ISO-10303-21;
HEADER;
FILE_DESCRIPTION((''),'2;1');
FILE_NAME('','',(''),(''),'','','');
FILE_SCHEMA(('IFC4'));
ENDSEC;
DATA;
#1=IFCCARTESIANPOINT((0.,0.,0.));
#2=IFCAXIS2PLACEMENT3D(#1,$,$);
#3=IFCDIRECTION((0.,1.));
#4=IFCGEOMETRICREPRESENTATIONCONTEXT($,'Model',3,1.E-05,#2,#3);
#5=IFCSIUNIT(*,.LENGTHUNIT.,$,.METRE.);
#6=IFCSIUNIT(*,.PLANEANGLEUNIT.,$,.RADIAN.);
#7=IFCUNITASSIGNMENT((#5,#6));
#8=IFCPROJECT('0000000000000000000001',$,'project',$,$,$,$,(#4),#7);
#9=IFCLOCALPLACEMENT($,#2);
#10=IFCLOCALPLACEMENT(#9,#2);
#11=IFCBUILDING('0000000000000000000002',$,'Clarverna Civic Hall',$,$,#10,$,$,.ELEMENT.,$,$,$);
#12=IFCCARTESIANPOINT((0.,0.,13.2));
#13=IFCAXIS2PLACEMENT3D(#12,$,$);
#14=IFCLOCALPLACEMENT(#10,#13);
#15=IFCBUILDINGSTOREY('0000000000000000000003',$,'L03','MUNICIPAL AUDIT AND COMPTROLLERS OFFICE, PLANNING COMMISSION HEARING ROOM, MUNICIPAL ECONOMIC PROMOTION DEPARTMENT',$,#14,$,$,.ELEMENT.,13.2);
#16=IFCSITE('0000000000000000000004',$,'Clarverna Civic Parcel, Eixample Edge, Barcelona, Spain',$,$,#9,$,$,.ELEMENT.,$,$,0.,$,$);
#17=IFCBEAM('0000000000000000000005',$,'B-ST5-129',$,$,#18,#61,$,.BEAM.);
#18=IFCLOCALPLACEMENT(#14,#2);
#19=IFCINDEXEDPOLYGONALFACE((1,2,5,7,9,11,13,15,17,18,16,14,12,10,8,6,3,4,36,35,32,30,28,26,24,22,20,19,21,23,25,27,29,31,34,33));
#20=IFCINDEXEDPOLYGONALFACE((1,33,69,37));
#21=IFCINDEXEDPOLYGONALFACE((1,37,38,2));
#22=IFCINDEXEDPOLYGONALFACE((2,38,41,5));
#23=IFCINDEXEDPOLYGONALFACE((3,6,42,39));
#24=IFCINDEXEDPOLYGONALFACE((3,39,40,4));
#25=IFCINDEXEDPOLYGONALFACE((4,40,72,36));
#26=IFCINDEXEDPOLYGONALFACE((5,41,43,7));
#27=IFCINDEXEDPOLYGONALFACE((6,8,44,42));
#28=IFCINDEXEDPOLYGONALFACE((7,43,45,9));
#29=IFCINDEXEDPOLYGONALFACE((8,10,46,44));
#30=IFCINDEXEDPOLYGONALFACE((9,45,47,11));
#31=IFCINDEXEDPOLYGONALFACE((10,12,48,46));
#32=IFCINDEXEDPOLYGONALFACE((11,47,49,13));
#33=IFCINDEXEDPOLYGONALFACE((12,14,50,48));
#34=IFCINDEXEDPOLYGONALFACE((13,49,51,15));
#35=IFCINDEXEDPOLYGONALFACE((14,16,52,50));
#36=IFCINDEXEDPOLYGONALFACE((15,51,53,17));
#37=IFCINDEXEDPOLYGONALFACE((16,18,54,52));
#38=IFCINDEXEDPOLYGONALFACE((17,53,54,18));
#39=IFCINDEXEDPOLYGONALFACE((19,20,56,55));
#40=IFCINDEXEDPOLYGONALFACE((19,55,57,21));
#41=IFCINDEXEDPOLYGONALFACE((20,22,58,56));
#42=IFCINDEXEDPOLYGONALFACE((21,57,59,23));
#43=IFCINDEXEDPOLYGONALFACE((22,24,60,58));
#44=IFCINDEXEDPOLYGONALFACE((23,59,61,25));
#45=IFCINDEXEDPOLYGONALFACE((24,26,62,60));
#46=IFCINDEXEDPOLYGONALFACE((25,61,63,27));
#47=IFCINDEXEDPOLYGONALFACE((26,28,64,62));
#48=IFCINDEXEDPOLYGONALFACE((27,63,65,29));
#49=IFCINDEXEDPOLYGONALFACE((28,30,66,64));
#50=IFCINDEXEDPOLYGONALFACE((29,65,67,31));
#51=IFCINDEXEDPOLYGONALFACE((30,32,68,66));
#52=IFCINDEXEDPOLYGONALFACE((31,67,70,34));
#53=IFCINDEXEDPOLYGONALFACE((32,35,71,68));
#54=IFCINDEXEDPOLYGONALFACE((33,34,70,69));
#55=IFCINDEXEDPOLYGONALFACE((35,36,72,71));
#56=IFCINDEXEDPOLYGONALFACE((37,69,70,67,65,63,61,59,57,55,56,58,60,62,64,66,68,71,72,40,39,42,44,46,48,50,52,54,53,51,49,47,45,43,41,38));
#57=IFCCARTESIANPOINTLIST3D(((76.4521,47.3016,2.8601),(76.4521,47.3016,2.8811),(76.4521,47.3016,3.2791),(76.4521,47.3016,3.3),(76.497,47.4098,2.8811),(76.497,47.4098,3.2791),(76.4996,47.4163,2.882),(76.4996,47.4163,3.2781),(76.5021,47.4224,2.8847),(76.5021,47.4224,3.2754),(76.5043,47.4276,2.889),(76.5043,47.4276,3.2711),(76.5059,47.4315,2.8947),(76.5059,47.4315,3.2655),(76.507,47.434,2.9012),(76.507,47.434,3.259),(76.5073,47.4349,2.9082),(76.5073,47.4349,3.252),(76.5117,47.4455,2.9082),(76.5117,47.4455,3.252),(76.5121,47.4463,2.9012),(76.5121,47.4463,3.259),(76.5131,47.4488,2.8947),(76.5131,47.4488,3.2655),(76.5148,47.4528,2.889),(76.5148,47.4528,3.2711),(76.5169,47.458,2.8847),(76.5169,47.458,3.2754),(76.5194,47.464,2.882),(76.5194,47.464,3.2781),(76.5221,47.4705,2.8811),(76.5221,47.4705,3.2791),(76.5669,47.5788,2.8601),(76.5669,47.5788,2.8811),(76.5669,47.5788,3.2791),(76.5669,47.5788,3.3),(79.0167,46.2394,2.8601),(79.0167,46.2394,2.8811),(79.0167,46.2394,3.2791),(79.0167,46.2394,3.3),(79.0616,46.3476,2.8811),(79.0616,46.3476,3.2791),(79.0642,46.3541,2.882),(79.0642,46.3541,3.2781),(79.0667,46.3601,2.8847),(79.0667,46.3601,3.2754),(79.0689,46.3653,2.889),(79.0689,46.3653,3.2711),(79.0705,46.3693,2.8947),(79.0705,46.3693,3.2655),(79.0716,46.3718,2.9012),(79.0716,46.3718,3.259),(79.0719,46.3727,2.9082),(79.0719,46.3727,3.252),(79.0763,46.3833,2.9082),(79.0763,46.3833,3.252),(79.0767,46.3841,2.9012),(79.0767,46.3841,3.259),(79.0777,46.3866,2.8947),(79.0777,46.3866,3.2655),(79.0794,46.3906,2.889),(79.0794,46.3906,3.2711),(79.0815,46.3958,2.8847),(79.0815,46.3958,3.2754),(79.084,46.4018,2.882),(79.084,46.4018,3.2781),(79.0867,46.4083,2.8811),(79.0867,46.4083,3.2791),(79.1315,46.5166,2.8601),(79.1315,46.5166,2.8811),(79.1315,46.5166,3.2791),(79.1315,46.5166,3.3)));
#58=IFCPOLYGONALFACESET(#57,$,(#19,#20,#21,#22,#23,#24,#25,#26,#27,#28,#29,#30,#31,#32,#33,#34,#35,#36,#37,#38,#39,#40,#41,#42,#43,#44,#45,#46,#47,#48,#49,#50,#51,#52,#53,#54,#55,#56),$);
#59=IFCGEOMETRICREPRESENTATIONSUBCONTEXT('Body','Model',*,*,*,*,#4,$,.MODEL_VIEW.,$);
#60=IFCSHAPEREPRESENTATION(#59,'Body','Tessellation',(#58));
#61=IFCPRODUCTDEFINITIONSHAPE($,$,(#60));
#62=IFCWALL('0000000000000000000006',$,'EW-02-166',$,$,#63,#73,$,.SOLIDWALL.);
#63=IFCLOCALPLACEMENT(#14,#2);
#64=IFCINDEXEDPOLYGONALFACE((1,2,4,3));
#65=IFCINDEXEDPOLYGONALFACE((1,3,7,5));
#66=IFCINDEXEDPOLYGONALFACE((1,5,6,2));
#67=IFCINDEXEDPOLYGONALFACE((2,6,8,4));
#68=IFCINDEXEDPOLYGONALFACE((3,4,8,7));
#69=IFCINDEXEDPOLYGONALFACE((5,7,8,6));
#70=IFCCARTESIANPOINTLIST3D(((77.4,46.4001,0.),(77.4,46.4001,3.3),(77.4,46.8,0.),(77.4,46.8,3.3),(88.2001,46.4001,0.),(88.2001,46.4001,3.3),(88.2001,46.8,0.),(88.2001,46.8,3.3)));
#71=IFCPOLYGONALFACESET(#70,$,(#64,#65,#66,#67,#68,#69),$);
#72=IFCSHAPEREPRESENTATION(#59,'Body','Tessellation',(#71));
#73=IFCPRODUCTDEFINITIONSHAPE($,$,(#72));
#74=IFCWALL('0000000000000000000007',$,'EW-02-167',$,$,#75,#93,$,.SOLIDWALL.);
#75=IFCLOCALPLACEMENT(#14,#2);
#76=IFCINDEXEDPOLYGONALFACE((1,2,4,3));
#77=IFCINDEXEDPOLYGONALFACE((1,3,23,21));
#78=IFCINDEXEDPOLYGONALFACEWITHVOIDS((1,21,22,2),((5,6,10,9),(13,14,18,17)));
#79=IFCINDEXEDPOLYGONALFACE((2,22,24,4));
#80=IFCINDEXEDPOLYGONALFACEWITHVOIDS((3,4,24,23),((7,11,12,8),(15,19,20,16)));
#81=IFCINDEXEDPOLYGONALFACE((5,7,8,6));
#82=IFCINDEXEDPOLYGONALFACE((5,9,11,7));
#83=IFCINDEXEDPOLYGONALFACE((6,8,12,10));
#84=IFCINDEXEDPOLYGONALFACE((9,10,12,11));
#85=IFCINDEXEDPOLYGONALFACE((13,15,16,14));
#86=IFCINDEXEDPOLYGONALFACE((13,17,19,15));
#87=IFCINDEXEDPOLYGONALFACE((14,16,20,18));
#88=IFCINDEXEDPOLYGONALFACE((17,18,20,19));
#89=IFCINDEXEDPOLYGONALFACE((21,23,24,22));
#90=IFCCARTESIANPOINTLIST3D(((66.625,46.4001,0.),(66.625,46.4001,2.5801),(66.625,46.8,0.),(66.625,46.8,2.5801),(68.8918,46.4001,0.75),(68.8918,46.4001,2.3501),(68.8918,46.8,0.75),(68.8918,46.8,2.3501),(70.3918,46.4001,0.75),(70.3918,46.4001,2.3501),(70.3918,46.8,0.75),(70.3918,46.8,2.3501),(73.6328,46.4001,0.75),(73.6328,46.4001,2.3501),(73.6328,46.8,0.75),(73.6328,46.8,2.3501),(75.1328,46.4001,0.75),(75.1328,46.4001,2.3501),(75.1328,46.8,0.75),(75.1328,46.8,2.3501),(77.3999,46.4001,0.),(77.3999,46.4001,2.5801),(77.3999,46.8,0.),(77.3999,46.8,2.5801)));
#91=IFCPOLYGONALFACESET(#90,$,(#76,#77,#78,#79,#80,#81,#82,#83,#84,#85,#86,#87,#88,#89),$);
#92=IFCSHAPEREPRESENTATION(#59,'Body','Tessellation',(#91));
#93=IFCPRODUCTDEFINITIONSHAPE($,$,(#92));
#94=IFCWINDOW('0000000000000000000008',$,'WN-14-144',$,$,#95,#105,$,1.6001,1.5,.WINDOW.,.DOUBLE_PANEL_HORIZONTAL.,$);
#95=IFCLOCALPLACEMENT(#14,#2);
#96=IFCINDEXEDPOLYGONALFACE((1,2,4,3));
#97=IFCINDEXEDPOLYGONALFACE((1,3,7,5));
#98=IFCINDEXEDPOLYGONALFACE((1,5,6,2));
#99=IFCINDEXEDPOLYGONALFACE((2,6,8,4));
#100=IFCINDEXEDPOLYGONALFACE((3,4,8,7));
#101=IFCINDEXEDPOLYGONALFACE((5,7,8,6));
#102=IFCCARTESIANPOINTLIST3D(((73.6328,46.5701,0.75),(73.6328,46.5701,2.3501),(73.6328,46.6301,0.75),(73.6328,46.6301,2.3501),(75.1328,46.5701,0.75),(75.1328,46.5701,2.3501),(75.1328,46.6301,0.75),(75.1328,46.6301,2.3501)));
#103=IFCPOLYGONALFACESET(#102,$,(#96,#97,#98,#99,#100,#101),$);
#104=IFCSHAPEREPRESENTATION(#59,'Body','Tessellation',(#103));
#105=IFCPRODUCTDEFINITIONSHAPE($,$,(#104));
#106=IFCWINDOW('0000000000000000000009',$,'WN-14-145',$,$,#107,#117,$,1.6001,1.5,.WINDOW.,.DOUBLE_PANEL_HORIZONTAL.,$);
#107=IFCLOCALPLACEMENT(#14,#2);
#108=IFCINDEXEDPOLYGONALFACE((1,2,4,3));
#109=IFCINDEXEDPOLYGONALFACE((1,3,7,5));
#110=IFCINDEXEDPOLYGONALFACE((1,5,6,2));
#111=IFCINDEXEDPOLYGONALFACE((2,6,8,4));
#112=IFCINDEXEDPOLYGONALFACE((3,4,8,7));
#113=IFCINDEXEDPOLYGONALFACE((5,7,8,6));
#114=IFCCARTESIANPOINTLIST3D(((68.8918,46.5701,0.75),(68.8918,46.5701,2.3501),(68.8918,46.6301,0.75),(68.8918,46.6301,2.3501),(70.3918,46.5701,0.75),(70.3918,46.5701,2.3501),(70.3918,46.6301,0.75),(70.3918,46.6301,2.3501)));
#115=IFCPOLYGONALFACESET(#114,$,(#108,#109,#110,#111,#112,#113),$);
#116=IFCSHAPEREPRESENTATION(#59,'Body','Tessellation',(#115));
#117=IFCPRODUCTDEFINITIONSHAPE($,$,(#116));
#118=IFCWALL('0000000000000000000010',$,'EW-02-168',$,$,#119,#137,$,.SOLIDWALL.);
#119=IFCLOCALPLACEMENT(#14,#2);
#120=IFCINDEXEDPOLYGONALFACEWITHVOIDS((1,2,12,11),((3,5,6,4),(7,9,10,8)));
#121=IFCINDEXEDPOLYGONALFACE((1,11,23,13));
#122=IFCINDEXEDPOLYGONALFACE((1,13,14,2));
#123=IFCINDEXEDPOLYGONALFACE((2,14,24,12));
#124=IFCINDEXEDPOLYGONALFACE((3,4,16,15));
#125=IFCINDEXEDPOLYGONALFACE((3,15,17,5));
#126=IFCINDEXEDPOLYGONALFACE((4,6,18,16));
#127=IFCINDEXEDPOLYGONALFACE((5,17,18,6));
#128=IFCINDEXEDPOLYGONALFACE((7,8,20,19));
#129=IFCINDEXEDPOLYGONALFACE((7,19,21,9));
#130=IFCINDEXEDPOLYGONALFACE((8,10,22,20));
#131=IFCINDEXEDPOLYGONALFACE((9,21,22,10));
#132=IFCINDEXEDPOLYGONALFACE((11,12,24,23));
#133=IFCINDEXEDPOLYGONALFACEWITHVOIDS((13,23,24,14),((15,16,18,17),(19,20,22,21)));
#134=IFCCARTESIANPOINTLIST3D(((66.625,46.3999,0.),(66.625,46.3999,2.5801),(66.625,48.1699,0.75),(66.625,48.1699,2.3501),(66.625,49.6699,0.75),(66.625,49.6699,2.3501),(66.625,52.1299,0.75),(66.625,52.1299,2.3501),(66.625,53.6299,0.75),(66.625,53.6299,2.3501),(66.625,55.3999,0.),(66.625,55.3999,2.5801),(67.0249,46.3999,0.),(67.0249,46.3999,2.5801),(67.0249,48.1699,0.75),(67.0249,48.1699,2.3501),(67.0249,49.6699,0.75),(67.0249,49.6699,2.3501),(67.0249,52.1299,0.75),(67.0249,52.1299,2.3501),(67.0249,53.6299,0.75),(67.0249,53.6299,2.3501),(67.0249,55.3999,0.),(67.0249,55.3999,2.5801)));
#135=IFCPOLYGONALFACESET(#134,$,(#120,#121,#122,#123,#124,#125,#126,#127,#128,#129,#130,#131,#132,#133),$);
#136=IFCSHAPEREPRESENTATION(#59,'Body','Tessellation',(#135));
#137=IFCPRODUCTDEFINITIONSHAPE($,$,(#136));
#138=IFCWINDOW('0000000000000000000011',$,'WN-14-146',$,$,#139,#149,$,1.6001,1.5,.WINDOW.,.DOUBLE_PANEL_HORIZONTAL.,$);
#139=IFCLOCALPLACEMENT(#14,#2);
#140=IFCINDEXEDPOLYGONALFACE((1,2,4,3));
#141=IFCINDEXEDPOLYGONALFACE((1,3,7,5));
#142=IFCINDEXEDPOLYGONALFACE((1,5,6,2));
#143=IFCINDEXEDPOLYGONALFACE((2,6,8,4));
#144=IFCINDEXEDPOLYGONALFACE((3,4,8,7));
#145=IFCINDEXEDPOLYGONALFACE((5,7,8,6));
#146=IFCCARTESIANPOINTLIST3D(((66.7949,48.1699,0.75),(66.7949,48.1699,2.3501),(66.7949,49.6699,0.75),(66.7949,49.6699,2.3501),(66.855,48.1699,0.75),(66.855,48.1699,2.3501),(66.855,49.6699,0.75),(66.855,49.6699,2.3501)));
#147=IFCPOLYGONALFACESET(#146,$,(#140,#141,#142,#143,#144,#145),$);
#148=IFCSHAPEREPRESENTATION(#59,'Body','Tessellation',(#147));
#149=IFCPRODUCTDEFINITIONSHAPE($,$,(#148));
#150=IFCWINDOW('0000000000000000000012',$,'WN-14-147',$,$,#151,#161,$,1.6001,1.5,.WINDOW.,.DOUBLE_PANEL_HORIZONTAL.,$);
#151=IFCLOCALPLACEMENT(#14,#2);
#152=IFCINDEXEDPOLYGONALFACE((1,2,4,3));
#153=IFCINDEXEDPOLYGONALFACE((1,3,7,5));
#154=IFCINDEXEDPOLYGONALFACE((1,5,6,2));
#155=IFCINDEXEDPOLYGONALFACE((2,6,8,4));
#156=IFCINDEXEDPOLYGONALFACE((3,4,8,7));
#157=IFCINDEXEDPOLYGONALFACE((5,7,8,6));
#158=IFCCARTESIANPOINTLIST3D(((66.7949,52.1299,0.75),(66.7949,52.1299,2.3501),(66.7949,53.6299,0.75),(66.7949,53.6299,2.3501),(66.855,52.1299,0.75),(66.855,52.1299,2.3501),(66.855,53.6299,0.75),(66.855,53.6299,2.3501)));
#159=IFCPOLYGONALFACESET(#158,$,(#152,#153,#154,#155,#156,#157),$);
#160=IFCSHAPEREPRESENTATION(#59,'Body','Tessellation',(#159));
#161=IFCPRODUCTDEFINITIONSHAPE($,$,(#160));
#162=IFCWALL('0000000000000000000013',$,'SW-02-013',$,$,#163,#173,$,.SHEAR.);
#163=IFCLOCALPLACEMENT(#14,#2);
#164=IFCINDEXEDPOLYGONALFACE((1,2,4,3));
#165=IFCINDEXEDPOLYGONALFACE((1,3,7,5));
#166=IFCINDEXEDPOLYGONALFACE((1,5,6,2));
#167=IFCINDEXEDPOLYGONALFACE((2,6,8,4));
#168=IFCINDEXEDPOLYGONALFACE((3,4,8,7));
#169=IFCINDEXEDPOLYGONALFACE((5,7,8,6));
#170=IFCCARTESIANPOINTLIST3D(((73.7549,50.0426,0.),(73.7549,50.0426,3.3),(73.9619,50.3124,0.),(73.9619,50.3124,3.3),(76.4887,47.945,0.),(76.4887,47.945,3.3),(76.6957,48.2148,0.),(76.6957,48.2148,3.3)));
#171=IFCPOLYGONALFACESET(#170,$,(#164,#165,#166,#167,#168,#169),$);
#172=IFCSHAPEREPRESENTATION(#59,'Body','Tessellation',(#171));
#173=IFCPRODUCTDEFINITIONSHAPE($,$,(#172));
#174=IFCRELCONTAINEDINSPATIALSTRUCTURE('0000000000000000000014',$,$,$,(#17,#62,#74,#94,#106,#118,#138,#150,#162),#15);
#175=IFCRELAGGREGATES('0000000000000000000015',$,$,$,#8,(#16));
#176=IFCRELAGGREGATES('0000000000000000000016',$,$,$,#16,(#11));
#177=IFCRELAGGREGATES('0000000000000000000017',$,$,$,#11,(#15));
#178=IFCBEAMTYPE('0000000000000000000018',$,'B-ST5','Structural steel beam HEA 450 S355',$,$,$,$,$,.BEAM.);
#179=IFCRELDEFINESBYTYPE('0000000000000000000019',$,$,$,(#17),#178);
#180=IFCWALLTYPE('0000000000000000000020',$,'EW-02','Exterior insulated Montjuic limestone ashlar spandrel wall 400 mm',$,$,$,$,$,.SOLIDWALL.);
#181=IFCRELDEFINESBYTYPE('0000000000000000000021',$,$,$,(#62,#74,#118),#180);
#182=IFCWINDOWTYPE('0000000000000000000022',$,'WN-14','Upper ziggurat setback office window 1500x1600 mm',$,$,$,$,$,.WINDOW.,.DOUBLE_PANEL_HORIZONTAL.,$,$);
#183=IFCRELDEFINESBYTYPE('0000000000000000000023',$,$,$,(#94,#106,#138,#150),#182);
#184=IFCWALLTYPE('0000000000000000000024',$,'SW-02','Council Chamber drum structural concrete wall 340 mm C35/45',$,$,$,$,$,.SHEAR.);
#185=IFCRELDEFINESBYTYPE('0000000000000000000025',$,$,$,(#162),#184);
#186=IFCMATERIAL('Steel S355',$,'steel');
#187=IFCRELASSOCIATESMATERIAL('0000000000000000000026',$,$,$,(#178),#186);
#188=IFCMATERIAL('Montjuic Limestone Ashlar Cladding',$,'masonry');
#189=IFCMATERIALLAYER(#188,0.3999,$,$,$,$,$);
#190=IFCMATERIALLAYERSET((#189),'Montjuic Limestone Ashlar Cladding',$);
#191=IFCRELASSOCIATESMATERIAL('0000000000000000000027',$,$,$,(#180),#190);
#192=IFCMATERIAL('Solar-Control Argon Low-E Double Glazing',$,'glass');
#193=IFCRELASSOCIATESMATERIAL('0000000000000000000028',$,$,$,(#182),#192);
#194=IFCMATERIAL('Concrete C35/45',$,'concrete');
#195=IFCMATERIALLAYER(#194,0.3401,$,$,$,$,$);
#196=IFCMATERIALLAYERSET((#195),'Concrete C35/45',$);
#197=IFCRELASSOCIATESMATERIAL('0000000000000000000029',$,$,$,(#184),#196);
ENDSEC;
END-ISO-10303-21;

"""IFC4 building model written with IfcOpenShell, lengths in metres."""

from ifc_helpers import new_model, si_unit, direction, frame, frame_2d, origin, origin_2d, place, context, subcontext, project, spatial, rectangle, i_section, extrude, material, layer, layer_set, material_profile, profile_set, type_object, element, fill, save


model = new_model("IFC4")

# Units and contexts
model_context = context("Model", 3, precision=1e-05, world=origin(), true_north=direction((0.0, 1.0)))
body_context = subcontext(model_context, "Body", "Model", "MODEL_VIEW")
ifc_project = project(units=[si_unit("LENGTHUNIT", "METRE"), si_unit("PLANEANGLEUNIT", "RADIAN")], contexts=[model_context])

# Site, building, storey
site_placement = place(None, origin())
site = spatial("IfcSite", under=ifc_project, at=site_placement, Name="Clarverna Civic Parcel, Eixample Edge, Barcelona, Spain", CompositionType="ELEMENT", RefElevation=0.0)
building_placement = place(site_placement, origin())
building = spatial("IfcBuilding", under=site, at=building_placement, Name="Clarverna Civic Hall", CompositionType="ELEMENT")
storey_placement = place(building_placement, frame((0.0, 0.0, 13.2)))
storey = spatial("IfcBuildingStorey", under=building, at=storey_placement, Name="L03", Description="MUNICIPAL AUDIT AND COMPTROLLERS OFFICE, PLANNING COMMISSION HEARING ROOM, MUNICIPAL ECONOMIC PROMOTION DEPARTMENT", CompositionType="ELEMENT", Elevation=13.2)

# Shared definitions
ifc_material_1 = material(Name="Concrete C35/45", Category="concrete")
ifc_material_2 = material(Name="Steel S355", Category="steel")

# Beam
ifc_material_profile_1 = material_profile(ifc_material_2, i_section(OverallWidth=0.3, OverallDepth=0.4399, WebThickness=0.0115, FlangeThickness=0.021, FilletRadius=0.0271, at=origin_2d()), Name="HEA 450")
ifc_profile_set_1 = profile_set([ifc_material_profile_1], Name="Steel S355")
beam_type_1 = type_object("IfcBeamType", Name="B-ST5", Description="Structural steel beam HEA 450 S355", PredefinedType="BEAM", material=ifc_profile_set_1)
for number, where, z_axis, x_axis, name in (
    (1, (76.5095, 47.4402, 3.0801), (0.923889, -0.38266, 0.0), (0.38266, 0.923889, 0.0), "B-ST5-129"),
):
    element("IfcBeam", number, at=place(storey_placement, frame(where, z_axis=z_axis, x_axis=x_axis)), inside=storey, type_object=beam_type_1, Name=name, PredefinedType="BEAM", context=body_context, shape_type="SweptSolid", body=[
        extrude(i_section(OverallWidth=0.3, OverallDepth=0.4399, WebThickness=0.0115, FlangeThickness=0.021, FilletRadius=0.0271, at=origin_2d()), origin(), (0.0, 0.0, 1.0), 2.7759),
    ])

# Wall
ifc_material_3 = material(Name="Montjuic Limestone Ashlar Cladding", Category="masonry")
ifc_layer_1 = layer(ifc_material_3, 0.3999)
ifc_layer_set_1 = layer_set([ifc_layer_1], Name="Montjuic Limestone Ashlar Cladding")
wall_type_1 = type_object("IfcWallType", Name="EW-02", Description="Exterior insulated Montjuic limestone ashlar spandrel wall 400 mm", PredefinedType="SOLIDWALL", material=ifc_layer_set_1)
wall_1_placement = place(storey_placement, frame((88.2, 46.6001, 0.0), z_axis=(0.0, 0.0, 1.0), x_axis=(-1.0, 0.0, 0.0)))
element("IfcWall", 2, at=wall_1_placement, inside=storey, type_object=wall_type_1, Name="EW-02-166", PredefinedType="SOLIDWALL", context=body_context, shape_type="SweptSolid", body=[
    extrude(rectangle(XDim=10.8, YDim=0.3999, at=frame_2d((5.3999, 0.0))), origin(), (0.0, 0.0, 1.0), 3.3),
])

# Walls, openings, windows
wall_2_placement = place(storey_placement, frame((77.3999, 46.6001, 0.0), z_axis=(0.0, 0.0, 1.0), x_axis=(-1.0, 0.0, 0.0)))
wall_2 = element("IfcWall", 3, at=wall_2_placement, inside=storey, type_object=wall_type_1, Name="EW-02-167", PredefinedType="SOLIDWALL", context=body_context, shape_type="SweptSolid", body=[
    extrude(rectangle(XDim=10.7749, YDim=0.3999, at=frame_2d((5.3875, 0.0))), origin(), (0.0, 0.0, 1.0), 2.5801),
])
opening_1_placement = place(wall_2_placement, frame((2.2671, 0.0, 0.75)))
opening_1 = element("IfcOpeningElement", 4, at=opening_1_placement, cuts=wall_2, PredefinedType="OPENING", context=body_context, shape_type="SweptSolid", body=[
    extrude(rectangle(XDim=1.5, YDim=1.6001, at=frame_2d((0.75, 0.8))), frame((0.0, 0.21, 0.0), z_axis=(0.0, -1.0, 0.0), x_axis=(1.0, 0.0, 0.0)), (0.0, 0.0, 1.0), 0.4199),
])
opening_2_placement = place(wall_2_placement, frame((7.0081, 0.0, 0.75)))
opening_2 = element("IfcOpeningElement", 5, at=opening_2_placement, cuts=wall_2, PredefinedType="OPENING", context=body_context, shape_type="SweptSolid", body=[
    extrude(rectangle(XDim=1.5, YDim=1.6001, at=frame_2d((0.75, 0.8))), frame((0.0, 0.21, 0.0), z_axis=(0.0, -1.0, 0.0), x_axis=(1.0, 0.0, 0.0)), (0.0, 0.0, 1.0), 0.4199),
])
ifc_material_4 = material(Name="Solar-Control Argon Low-E Double Glazing", Category="glass")
window_type = type_object("IfcWindowType", Name="WN-14", Description="Upper ziggurat setback office window 1500x1600 mm", PartitioningType="DOUBLE_PANEL_HORIZONTAL", PredefinedType="WINDOW", material=ifc_material_4)
window_1_placement = place(opening_1_placement, origin())
window_1 = element("IfcWindow", 6, at=window_1_placement, inside=storey, type_object=window_type, Name="WN-14-144", OverallHeight=1.6001, OverallWidth=1.5, PartitioningType="DOUBLE_PANEL_HORIZONTAL", PredefinedType="WINDOW", context=body_context, shape_type="SweptSolid", body=[
    extrude(rectangle(XDim=1.5, YDim=1.6001, at=frame_2d((0.75, 0.8))), frame((0.0, 0.03, 0.0), z_axis=(0.0, -1.0, 0.0), x_axis=(1.0, 0.0, 0.0)), (0.0, 0.0, 1.0), 0.0601),
])
fill(opening_1, window_1)
window_2_placement = place(opening_2_placement, origin())
window_2 = element("IfcWindow", 7, at=window_2_placement, inside=storey, type_object=window_type, Name="WN-14-145", OverallHeight=1.6001, OverallWidth=1.5, PartitioningType="DOUBLE_PANEL_HORIZONTAL", PredefinedType="WINDOW", context=body_context, shape_type="SweptSolid", body=[
    extrude(rectangle(XDim=1.5, YDim=1.6001, at=frame_2d((0.75, 0.8))), frame((0.0, 0.03, 0.0), z_axis=(0.0, -1.0, 0.0), x_axis=(1.0, 0.0, 0.0)), (0.0, 0.0, 1.0), 0.0601),
])
fill(opening_2, window_2)
wall_3_placement = place(storey_placement, frame((66.825, 46.3999, 0.0), z_axis=(0.0, 0.0, 1.0), x_axis=(0.0, 1.0, 0.0)))
wall_3 = element("IfcWall", 8, at=wall_3_placement, inside=storey, type_object=wall_type_1, Name="EW-02-168", PredefinedType="SOLIDWALL", context=body_context, shape_type="SweptSolid", body=[
    extrude(rectangle(XDim=9.0, YDim=0.3999, at=frame_2d((4.5, 0.0))), origin(), (0.0, 0.0, 1.0), 2.5801),
])
opening_3_placement = place(wall_3_placement, frame((1.77, 0.0, 0.75)))
opening_3 = element("IfcOpeningElement", 9, at=opening_3_placement, cuts=wall_3, PredefinedType="OPENING", context=body_context, shape_type="SweptSolid", body=[
    extrude(rectangle(XDim=1.5, YDim=1.6001, at=frame_2d((0.75, 0.8))), frame((0.0, 0.21, 0.0), z_axis=(0.0, -1.0, 0.0), x_axis=(1.0, 0.0, 0.0)), (0.0, 0.0, 1.0), 0.4199),
])
opening_4_placement = place(wall_3_placement, frame((5.73, 0.0, 0.75)))
opening_4 = element("IfcOpeningElement", 10, at=opening_4_placement, cuts=wall_3, PredefinedType="OPENING", context=body_context, shape_type="SweptSolid", body=[
    extrude(rectangle(XDim=1.5, YDim=1.6001, at=frame_2d((0.75, 0.8))), frame((0.0, 0.21, 0.0), z_axis=(0.0, -1.0, 0.0), x_axis=(1.0, 0.0, 0.0)), (0.0, 0.0, 1.0), 0.4199),
])
window_3_placement = place(opening_3_placement, origin())
window_3 = element("IfcWindow", 11, at=window_3_placement, inside=storey, type_object=window_type, Name="WN-14-146", OverallHeight=1.6001, OverallWidth=1.5, PartitioningType="DOUBLE_PANEL_HORIZONTAL", PredefinedType="WINDOW", context=body_context, shape_type="SweptSolid", body=[
    extrude(rectangle(XDim=1.5, YDim=1.6001, at=frame_2d((0.75, 0.8))), frame((0.0, 0.03, 0.0), z_axis=(0.0, -1.0, 0.0), x_axis=(1.0, 0.0, 0.0)), (0.0, 0.0, 1.0), 0.0601),
])
fill(opening_3, window_3)
window_4_placement = place(opening_4_placement, origin())
window_4 = element("IfcWindow", 12, at=window_4_placement, inside=storey, type_object=window_type, Name="WN-14-147", OverallHeight=1.6001, OverallWidth=1.5, PartitioningType="DOUBLE_PANEL_HORIZONTAL", PredefinedType="WINDOW", context=body_context, shape_type="SweptSolid", body=[
    extrude(rectangle(XDim=1.5, YDim=1.6001, at=frame_2d((0.75, 0.8))), frame((0.0, 0.03, 0.0), z_axis=(0.0, -1.0, 0.0), x_axis=(1.0, 0.0, 0.0)), (0.0, 0.0, 1.0), 0.0601),
])
fill(opening_4, window_4)

# Wall
ifc_layer_2 = layer(ifc_material_1, 0.3401)
ifc_layer_set_2 = layer_set([ifc_layer_2], Name="Concrete C35/45")
wall_type_2 = type_object("IfcWallType", Name="SW-02", Description="Council Chamber drum structural concrete wall 340 mm C35/45", PredefinedType="SHEAR", material=ifc_layer_set_2)
wall_4_placement = place(storey_placement, frame((73.8584, 50.1775, 0.0), z_axis=(0.0, 0.0, 1.0), x_axis=(0.793371, -0.608738, 0.0)))
element("IfcWall", 13, at=wall_4_placement, inside=storey, type_object=wall_type_2, Name="SW-02-013", PredefinedType="SHEAR", context=body_context, shape_type="SweptSolid", body=[
    extrude(rectangle(XDim=3.4458, YDim=0.3401, at=frame_2d((1.7229, 0.0))), origin(), (0.0, 0.0, 1.0), 3.3),
])

save(model, "model.ifc")
